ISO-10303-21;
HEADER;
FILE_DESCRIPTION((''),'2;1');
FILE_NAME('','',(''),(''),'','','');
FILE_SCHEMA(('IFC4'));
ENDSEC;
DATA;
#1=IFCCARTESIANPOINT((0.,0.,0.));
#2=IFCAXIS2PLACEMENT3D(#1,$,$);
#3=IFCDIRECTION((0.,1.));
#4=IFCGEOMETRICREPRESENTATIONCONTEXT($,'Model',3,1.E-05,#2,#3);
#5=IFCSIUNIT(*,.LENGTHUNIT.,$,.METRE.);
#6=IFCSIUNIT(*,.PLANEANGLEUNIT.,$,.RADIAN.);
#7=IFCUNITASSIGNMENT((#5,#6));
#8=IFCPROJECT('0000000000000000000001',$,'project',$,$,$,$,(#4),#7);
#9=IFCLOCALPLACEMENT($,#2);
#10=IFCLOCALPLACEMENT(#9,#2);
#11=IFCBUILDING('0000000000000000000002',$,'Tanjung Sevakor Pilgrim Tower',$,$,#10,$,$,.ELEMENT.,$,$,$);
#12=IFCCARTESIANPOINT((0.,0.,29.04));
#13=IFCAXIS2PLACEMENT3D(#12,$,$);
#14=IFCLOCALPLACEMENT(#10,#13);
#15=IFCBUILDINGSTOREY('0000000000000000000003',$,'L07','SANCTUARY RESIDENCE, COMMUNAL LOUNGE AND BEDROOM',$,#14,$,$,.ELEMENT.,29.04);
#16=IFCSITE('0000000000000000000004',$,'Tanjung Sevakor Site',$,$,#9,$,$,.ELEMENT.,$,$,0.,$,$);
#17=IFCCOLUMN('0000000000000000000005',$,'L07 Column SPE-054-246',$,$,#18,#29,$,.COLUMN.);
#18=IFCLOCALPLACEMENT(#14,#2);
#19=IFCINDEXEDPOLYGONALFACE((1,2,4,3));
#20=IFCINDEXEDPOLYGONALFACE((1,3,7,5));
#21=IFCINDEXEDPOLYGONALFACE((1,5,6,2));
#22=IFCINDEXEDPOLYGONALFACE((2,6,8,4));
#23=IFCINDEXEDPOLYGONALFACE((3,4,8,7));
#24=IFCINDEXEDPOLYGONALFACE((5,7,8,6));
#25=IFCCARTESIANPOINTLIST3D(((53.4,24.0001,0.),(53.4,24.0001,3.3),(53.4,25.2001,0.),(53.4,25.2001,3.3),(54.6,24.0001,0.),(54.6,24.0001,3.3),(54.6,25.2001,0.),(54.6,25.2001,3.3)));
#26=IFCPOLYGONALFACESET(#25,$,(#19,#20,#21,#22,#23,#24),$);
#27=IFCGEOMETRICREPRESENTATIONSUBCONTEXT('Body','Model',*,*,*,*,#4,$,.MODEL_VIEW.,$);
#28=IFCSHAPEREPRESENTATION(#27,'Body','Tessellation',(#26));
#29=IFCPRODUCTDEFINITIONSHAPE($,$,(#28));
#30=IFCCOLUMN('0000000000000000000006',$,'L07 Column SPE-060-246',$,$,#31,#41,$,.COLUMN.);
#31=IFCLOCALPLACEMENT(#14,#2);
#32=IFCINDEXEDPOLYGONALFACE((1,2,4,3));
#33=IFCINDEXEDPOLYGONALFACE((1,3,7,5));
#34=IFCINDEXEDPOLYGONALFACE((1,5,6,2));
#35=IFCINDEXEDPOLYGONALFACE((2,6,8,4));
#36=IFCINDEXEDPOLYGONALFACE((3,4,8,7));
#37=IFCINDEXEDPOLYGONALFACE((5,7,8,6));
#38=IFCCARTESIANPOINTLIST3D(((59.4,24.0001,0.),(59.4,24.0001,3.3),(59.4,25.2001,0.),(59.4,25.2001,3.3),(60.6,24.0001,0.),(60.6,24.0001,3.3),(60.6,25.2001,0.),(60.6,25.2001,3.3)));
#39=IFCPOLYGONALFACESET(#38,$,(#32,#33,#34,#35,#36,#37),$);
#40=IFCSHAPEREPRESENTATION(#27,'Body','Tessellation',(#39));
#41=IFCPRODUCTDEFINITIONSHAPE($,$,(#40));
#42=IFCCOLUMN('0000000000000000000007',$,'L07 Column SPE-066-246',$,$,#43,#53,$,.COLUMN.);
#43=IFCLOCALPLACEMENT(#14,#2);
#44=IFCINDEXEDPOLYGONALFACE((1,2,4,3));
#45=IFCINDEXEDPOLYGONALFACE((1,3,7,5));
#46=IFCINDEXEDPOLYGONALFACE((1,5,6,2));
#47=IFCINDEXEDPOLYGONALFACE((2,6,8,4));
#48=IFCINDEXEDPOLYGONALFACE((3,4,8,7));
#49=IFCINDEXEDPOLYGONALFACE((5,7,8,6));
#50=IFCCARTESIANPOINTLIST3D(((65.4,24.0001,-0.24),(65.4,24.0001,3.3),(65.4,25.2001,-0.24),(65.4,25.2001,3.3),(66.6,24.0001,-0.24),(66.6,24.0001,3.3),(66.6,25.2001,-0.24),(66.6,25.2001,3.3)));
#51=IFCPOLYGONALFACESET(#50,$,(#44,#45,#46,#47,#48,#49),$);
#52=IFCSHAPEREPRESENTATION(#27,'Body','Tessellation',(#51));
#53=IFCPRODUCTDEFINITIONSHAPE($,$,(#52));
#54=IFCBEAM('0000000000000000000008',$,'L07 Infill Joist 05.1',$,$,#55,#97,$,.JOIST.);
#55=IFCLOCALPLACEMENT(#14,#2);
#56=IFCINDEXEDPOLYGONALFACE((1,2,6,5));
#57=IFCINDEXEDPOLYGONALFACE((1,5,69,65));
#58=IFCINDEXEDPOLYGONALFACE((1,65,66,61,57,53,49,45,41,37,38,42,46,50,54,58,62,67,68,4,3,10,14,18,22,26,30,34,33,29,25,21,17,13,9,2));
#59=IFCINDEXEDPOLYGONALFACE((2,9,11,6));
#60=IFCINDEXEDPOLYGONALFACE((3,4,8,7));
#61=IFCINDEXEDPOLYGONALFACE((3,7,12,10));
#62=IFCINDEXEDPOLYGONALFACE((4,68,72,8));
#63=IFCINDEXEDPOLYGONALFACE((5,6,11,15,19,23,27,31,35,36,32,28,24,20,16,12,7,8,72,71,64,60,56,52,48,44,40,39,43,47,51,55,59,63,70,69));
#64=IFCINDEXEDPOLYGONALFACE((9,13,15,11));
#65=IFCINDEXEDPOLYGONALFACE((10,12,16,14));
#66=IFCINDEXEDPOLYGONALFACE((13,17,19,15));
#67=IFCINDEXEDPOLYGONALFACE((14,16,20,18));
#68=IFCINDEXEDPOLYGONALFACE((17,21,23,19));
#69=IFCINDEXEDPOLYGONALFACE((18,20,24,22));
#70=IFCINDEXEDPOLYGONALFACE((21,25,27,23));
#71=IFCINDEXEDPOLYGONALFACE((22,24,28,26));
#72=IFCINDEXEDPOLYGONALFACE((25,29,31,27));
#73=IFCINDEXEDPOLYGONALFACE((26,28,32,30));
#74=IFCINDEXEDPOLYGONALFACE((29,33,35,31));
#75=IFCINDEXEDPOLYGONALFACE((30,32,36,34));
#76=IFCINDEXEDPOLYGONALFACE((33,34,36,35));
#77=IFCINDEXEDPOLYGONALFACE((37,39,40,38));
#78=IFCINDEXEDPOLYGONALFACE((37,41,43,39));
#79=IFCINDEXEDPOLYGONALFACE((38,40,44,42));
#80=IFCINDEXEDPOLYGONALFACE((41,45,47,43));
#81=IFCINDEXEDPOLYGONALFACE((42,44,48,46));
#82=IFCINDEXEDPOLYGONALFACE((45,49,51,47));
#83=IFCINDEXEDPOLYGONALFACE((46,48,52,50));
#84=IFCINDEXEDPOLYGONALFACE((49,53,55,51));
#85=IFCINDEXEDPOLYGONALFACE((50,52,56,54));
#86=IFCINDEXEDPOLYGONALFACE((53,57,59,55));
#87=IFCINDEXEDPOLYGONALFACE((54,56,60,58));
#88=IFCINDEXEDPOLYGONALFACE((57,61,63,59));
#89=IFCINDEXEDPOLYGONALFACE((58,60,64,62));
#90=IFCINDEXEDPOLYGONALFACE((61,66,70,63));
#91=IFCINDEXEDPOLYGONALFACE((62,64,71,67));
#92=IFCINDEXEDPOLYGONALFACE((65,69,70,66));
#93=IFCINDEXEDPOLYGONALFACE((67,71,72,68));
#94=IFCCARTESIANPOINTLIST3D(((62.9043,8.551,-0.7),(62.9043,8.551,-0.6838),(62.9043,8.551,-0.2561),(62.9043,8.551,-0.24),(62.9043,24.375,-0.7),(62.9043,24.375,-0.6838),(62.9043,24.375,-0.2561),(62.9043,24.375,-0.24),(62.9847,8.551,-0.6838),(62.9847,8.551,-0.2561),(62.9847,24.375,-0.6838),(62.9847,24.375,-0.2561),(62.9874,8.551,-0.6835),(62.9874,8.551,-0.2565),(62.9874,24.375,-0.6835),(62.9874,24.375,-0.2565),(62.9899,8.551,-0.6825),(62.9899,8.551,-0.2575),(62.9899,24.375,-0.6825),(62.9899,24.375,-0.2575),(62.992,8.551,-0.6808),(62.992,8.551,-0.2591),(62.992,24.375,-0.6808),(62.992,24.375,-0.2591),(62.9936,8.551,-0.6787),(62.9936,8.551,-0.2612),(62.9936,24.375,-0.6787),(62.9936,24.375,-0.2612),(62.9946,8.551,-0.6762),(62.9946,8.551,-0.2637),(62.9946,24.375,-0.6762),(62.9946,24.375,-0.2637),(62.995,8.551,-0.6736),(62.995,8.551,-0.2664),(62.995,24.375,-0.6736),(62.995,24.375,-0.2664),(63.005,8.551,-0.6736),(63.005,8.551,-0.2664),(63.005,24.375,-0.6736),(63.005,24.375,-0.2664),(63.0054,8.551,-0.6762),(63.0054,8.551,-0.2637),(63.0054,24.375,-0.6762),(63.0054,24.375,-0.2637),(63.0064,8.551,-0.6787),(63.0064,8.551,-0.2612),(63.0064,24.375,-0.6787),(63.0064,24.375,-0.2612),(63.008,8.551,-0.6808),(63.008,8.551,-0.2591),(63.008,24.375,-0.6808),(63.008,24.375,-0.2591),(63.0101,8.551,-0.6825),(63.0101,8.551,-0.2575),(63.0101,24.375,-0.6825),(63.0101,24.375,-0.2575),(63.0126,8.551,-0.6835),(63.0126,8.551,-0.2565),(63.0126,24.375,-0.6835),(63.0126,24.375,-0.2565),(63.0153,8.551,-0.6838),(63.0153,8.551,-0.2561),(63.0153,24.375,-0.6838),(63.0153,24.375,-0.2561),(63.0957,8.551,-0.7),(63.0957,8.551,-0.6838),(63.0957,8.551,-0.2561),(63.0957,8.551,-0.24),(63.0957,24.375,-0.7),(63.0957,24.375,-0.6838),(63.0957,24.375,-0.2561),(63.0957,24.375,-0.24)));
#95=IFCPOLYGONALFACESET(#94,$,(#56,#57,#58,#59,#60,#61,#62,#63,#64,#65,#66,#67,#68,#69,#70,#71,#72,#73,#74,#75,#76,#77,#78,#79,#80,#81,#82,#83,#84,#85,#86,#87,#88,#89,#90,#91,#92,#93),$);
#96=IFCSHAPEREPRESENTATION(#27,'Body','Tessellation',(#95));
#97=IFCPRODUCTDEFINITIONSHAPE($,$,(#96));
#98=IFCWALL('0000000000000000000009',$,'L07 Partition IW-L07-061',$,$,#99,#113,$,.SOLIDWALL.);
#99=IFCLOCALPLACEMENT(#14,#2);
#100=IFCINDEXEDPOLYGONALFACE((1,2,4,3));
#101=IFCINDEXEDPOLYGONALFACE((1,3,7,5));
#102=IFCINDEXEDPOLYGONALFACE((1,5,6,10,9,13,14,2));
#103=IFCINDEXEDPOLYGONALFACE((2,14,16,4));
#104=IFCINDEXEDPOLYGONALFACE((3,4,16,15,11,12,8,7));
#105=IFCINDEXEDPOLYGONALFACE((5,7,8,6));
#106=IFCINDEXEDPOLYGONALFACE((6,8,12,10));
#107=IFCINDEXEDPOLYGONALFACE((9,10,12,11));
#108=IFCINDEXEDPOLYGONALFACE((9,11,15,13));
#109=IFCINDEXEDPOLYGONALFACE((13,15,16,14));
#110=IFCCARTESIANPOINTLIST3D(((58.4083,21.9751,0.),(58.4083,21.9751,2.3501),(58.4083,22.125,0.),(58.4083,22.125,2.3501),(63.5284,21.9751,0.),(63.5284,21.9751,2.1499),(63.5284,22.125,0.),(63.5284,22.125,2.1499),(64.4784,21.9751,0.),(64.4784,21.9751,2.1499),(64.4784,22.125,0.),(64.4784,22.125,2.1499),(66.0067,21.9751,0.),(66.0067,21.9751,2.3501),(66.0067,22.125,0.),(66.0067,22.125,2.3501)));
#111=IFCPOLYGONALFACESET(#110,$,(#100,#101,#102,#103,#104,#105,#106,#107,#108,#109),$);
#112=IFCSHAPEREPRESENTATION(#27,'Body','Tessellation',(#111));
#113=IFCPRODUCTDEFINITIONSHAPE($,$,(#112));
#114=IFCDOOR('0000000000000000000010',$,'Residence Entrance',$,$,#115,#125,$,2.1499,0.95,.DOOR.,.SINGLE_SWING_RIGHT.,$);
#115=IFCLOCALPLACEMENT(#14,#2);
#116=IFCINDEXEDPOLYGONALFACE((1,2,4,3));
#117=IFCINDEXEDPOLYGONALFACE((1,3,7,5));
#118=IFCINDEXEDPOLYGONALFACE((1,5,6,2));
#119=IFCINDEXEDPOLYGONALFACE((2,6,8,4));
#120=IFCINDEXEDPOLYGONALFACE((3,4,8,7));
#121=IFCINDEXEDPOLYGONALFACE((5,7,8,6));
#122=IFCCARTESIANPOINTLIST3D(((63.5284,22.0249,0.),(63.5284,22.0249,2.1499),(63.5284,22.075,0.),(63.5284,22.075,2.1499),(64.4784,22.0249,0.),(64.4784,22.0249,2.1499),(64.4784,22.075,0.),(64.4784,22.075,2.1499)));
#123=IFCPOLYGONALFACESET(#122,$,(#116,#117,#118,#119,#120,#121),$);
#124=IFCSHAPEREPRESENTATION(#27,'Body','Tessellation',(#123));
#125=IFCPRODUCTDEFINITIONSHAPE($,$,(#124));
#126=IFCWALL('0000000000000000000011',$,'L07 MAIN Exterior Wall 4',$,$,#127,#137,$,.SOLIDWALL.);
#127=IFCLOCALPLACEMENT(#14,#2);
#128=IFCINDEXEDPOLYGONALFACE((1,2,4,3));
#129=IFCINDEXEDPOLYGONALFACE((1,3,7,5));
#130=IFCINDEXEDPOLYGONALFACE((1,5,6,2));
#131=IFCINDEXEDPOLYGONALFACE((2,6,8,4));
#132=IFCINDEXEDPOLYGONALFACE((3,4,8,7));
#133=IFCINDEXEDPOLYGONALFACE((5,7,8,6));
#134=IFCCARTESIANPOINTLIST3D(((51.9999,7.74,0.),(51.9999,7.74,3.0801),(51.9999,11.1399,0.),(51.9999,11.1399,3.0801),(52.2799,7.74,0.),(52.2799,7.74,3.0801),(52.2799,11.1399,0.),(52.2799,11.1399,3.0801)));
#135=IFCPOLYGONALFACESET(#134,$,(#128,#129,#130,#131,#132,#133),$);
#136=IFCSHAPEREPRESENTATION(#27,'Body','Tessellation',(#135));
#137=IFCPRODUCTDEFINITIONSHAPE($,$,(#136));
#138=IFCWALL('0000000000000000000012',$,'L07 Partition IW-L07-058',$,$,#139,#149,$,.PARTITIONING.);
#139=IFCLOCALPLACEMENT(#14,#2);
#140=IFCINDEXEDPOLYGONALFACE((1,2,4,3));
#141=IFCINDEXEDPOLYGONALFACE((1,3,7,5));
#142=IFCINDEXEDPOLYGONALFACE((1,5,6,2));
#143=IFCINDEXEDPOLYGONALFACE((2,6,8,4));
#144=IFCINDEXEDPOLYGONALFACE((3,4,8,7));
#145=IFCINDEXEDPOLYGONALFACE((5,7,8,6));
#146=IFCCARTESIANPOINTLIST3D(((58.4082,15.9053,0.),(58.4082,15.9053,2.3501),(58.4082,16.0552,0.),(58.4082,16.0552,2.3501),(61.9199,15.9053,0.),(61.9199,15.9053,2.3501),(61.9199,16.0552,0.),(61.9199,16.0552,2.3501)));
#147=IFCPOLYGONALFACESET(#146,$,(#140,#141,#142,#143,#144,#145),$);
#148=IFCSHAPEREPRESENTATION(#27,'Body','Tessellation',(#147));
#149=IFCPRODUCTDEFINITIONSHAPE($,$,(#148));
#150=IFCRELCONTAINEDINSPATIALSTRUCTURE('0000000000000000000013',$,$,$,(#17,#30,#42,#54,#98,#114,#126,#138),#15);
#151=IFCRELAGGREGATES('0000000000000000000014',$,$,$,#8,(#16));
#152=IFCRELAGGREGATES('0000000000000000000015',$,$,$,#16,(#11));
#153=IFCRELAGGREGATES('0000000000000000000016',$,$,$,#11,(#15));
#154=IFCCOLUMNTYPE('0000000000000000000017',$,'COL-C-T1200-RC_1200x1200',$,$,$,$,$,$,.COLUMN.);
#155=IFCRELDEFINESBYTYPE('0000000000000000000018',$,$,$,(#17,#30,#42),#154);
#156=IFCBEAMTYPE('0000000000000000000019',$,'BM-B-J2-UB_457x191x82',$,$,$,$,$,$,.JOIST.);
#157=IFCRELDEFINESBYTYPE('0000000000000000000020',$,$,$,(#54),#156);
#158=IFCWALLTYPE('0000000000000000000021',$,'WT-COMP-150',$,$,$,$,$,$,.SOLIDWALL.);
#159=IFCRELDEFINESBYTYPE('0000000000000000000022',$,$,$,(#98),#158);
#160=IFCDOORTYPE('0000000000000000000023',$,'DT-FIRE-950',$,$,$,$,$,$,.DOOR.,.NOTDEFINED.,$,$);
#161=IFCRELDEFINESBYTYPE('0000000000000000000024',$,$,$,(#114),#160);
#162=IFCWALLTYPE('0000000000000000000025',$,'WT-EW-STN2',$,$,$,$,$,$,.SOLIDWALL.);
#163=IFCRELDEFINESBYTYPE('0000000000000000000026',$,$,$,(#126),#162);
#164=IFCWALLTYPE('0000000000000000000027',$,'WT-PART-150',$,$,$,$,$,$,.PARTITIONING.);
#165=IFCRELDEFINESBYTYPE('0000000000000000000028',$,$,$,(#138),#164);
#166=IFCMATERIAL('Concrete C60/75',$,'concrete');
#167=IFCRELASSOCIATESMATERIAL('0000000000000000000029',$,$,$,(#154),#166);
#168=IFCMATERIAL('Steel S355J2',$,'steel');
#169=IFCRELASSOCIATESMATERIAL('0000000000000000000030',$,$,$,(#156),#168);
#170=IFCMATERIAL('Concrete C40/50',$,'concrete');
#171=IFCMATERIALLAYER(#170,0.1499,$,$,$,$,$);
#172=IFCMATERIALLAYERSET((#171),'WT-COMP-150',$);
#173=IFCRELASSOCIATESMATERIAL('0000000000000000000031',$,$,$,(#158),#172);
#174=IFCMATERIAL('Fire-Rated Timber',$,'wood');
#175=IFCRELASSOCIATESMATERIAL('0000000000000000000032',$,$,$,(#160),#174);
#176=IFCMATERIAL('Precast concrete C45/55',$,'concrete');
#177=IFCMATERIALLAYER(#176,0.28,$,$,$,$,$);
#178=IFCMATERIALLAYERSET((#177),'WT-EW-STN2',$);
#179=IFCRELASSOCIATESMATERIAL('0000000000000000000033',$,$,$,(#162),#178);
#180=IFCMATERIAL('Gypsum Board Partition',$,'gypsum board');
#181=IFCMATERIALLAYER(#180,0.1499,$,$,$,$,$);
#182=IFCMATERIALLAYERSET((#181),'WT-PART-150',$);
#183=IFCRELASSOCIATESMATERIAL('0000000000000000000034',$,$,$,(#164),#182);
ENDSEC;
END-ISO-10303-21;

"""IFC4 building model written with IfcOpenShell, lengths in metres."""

from ifc_helpers import new_model, si_unit, direction, frame, frame_2d, origin, origin_2d, place, context, subcontext, project, spatial, rectangle, i_section, extrude, material, layer, layer_set, material_profile, profile_set, type_object, element, fill, save


model = new_model("IFC4")

# Units and contexts
model_context = context("Model", 3, precision=1e-05, world=origin(), true_north=direction((0.0, 1.0)))
body_context = subcontext(model_context, "Body", "Model", "MODEL_VIEW")
ifc_project = project(units=[si_unit("LENGTHUNIT", "METRE"), si_unit("PLANEANGLEUNIT", "RADIAN")], contexts=[model_context])

# Site, building, storey
site_placement = place(None, origin())
site = spatial("IfcSite", under=ifc_project, at=site_placement, Name="Tanjung Sevakor Site", CompositionType="ELEMENT", RefElevation=0.0)
building_placement = place(site_placement, origin())
building = spatial("IfcBuilding", under=site, at=building_placement, Name="Tanjung Sevakor Pilgrim Tower", CompositionType="ELEMENT")
storey_placement = place(building_placement, frame((0.0, 0.0, 29.04)))
storey = spatial("IfcBuildingStorey", under=building, at=storey_placement, Name="L07", Description="SANCTUARY RESIDENCE, COMMUNAL LOUNGE AND BEDROOM", CompositionType="ELEMENT", Elevation=29.04)

# Columns
ifc_material_1 = material(Name="Concrete C60/75", Category="concrete")
ifc_material_profile_1 = material_profile(ifc_material_1, rectangle(XDim=1.2, YDim=1.2, at=origin_2d()))
ifc_profile_set_1 = profile_set([ifc_material_profile_1], Name="Concrete C60/75")
column_type = type_object("IfcColumnType", Name="COL-C-T1200-RC_1200x1200", PredefinedType="COLUMN", material=ifc_profile_set_1)
for number, where, z_axis, x_axis, name in (
    (1, (54.0, 24.6001, 0.0), (0.0, 0.0, 1.0), (1.0, 0.0, 0.0), "L07 Column SPE-054-246"),
    (2, (60.0, 24.6001, 0.0), (0.0, 0.0, 1.0), (1.0, 0.0, 0.0), "L07 Column SPE-060-246"),
):
    element("IfcColumn", number, at=place(storey_placement, frame(where, z_axis=z_axis, x_axis=x_axis)), inside=storey, type_object=column_type, Name=name, PredefinedType="COLUMN", context=body_context, shape_type="SweptSolid", body=[
        extrude(rectangle(XDim=1.2, YDim=1.2, at=origin_2d()), origin(), (0.0, 0.0, 1.0), 3.3),
    ])
column_placement = place(storey_placement, frame((66.0, 24.6001, -0.24), z_axis=(0.0, 0.0, 1.0), x_axis=(1.0, 0.0, 0.0)))
element("IfcColumn", 3, at=column_placement, inside=storey, type_object=column_type, Name="L07 Column SPE-066-246", PredefinedType="COLUMN", context=body_context, shape_type="SweptSolid", body=[
    extrude(rectangle(XDim=1.2, YDim=1.2, at=origin_2d()), origin(), (0.0, 0.0, 1.0), 3.54),
])

# Beam
ifc_material_2 = material(Name="Steel S355J2", Category="steel")
ifc_material_profile_2 = material_profile(ifc_material_2, i_section(OverallWidth=0.1914, OverallDepth=0.46, WebThickness=0.01, FlangeThickness=0.0161, FilletRadius=0.0103, at=origin_2d()))
ifc_profile_set_2 = profile_set([ifc_material_profile_2], Name="Steel S355J2")
beam_type = type_object("IfcBeamType", Name="BM-B-J2-UB_457x191x82", PredefinedType="JOIST", material=ifc_profile_set_2)
beam_placement = place(storey_placement, frame((63.0, 8.551, -0.47), z_axis=(0.0, 1.0, 0.0), x_axis=(-1.0, 0.0, 0.0)))
element("IfcBeam", 4, at=beam_placement, inside=storey, type_object=beam_type, Name="L07 Infill Joist 05.1", PredefinedType="JOIST", context=body_context, shape_type="SweptSolid", body=[
    extrude(i_section(OverallWidth=0.1914, OverallDepth=0.46, WebThickness=0.01, FlangeThickness=0.0161, FilletRadius=0.0103, at=origin_2d()), origin(), (0.0, 0.0, 1.0), 15.824),
])

# Wall, opening, door
ifc_material_3 = material(Name="Concrete C40/50", Category="concrete")
ifc_layer_1 = layer(ifc_material_3, 0.1499)
ifc_layer_set_1 = layer_set([ifc_layer_1], Name="WT-COMP-150")
wall_type_1 = type_object("IfcWallType", Name="WT-COMP-150", PredefinedType="SOLIDWALL", material=ifc_layer_set_1)
wall_1_placement = place(storey_placement, frame((58.4082, 22.05, 0.0), z_axis=(0.0, 0.0, 1.0), x_axis=(1.0, 0.0, 0.0)))
wall_1 = element("IfcWall", 5, at=wall_1_placement, inside=storey, type_object=wall_type_1, Name="L07 Partition IW-L07-061", PredefinedType="SOLIDWALL", context=body_context, shape_type="SweptSolid", body=[
    extrude(rectangle(XDim=7.5984, YDim=0.1499, at=frame_2d((3.7993, 0.0))), origin(), (0.0, 0.0, 1.0), 2.3501),
])
opening_1_placement = place(wall_1_placement, frame((5.1201, 0.0, 0.0)))
opening_1 = element("IfcOpeningElement", 6, at=opening_1_placement, cuts=wall_1, PredefinedType="OPENING", context=body_context, shape_type="SweptSolid", body=[
    extrude(rectangle(XDim=0.95, YDim=2.1499, at=frame_2d((0.4751, 1.075))), frame((0.0, 0.085, 0.0), z_axis=(0.0, -1.0, 0.0), x_axis=(1.0, 0.0, 0.0)), (0.0, 0.0, 1.0), 0.1699),
])
ifc_material_4 = material(Name="Fire-Rated Timber", Category="wood")
door_type_1 = type_object("IfcDoorType", Name="DT-FIRE-950", OperationType="NOTDEFINED", PredefinedType="DOOR", material=ifc_material_4)
door_1_placement = place(opening_1_placement, origin())
door_1 = element("IfcDoor", 7, at=door_1_placement, inside=storey, type_object=door_type_1, Name="Residence Entrance", OperationType="SINGLE_SWING_RIGHT", OverallHeight=2.1499, OverallWidth=0.95, PredefinedType="DOOR", context=body_context, shape_type="SweptSolid", body=[
    extrude(rectangle(XDim=0.95, YDim=2.1499, at=frame_2d((0.4751, 1.075))), frame((0.0, 0.0249, 0.0), z_axis=(0.0, -1.0, 0.0), x_axis=(1.0, 0.0, 0.0)), (0.0, 0.0, 1.0), 0.05),
])
fill(opening_1, door_1)

# Walls
ifc_material_5 = material(Name="Precast concrete C45/55", Category="concrete")
ifc_layer_2 = layer(ifc_material_5, 0.28)
ifc_layer_set_2 = layer_set([ifc_layer_2], Name="WT-EW-STN2")
wall_type_2 = type_object("IfcWallType", Name="WT-EW-STN2", PredefinedType="SOLIDWALL", material=ifc_layer_set_2)
wall_2_placement = place(storey_placement, frame((52.1399, 11.1399, 0.0), z_axis=(0.0, 0.0, 1.0), x_axis=(0.0, -1.0, 0.0)))
element("IfcWall", 8, at=wall_2_placement, inside=storey, type_object=wall_type_2, Name="L07 MAIN Exterior Wall 4", PredefinedType="SOLIDWALL", context=body_context, shape_type="SweptSolid", body=[
    extrude(rectangle(XDim=3.3999, YDim=0.28, at=frame_2d((1.7, 0.0))), origin(), (0.0, 0.0, 1.0), 3.0801),
])
ifc_material_6 = material(Name="Gypsum Board Partition", Category="gypsum board")
ifc_layer_3 = layer(ifc_material_6, 0.1499)
ifc_layer_set_3 = layer_set([ifc_layer_3], Name="WT-PART-150")
wall_type_3 = type_object("IfcWallType", Name="WT-PART-150", PredefinedType="PARTITIONING", material=ifc_layer_set_3)
wall_3_placement = place(storey_placement, frame((58.4082, 15.9802, 0.0), z_axis=(0.0, 0.0, 1.0), x_axis=(1.0, 0.0, 0.0)))
element("IfcWall", 9, at=wall_3_placement, inside=storey, type_object=wall_type_3, Name="L07 Partition IW-L07-058", PredefinedType="PARTITIONING", context=body_context, shape_type="SweptSolid", body=[
    extrude(rectangle(XDim=3.5117, YDim=0.1499, at=frame_2d((1.7559, 0.0))), origin(), (0.0, 0.0, 1.0), 2.3501),
])

save(model, "model.ifc")
